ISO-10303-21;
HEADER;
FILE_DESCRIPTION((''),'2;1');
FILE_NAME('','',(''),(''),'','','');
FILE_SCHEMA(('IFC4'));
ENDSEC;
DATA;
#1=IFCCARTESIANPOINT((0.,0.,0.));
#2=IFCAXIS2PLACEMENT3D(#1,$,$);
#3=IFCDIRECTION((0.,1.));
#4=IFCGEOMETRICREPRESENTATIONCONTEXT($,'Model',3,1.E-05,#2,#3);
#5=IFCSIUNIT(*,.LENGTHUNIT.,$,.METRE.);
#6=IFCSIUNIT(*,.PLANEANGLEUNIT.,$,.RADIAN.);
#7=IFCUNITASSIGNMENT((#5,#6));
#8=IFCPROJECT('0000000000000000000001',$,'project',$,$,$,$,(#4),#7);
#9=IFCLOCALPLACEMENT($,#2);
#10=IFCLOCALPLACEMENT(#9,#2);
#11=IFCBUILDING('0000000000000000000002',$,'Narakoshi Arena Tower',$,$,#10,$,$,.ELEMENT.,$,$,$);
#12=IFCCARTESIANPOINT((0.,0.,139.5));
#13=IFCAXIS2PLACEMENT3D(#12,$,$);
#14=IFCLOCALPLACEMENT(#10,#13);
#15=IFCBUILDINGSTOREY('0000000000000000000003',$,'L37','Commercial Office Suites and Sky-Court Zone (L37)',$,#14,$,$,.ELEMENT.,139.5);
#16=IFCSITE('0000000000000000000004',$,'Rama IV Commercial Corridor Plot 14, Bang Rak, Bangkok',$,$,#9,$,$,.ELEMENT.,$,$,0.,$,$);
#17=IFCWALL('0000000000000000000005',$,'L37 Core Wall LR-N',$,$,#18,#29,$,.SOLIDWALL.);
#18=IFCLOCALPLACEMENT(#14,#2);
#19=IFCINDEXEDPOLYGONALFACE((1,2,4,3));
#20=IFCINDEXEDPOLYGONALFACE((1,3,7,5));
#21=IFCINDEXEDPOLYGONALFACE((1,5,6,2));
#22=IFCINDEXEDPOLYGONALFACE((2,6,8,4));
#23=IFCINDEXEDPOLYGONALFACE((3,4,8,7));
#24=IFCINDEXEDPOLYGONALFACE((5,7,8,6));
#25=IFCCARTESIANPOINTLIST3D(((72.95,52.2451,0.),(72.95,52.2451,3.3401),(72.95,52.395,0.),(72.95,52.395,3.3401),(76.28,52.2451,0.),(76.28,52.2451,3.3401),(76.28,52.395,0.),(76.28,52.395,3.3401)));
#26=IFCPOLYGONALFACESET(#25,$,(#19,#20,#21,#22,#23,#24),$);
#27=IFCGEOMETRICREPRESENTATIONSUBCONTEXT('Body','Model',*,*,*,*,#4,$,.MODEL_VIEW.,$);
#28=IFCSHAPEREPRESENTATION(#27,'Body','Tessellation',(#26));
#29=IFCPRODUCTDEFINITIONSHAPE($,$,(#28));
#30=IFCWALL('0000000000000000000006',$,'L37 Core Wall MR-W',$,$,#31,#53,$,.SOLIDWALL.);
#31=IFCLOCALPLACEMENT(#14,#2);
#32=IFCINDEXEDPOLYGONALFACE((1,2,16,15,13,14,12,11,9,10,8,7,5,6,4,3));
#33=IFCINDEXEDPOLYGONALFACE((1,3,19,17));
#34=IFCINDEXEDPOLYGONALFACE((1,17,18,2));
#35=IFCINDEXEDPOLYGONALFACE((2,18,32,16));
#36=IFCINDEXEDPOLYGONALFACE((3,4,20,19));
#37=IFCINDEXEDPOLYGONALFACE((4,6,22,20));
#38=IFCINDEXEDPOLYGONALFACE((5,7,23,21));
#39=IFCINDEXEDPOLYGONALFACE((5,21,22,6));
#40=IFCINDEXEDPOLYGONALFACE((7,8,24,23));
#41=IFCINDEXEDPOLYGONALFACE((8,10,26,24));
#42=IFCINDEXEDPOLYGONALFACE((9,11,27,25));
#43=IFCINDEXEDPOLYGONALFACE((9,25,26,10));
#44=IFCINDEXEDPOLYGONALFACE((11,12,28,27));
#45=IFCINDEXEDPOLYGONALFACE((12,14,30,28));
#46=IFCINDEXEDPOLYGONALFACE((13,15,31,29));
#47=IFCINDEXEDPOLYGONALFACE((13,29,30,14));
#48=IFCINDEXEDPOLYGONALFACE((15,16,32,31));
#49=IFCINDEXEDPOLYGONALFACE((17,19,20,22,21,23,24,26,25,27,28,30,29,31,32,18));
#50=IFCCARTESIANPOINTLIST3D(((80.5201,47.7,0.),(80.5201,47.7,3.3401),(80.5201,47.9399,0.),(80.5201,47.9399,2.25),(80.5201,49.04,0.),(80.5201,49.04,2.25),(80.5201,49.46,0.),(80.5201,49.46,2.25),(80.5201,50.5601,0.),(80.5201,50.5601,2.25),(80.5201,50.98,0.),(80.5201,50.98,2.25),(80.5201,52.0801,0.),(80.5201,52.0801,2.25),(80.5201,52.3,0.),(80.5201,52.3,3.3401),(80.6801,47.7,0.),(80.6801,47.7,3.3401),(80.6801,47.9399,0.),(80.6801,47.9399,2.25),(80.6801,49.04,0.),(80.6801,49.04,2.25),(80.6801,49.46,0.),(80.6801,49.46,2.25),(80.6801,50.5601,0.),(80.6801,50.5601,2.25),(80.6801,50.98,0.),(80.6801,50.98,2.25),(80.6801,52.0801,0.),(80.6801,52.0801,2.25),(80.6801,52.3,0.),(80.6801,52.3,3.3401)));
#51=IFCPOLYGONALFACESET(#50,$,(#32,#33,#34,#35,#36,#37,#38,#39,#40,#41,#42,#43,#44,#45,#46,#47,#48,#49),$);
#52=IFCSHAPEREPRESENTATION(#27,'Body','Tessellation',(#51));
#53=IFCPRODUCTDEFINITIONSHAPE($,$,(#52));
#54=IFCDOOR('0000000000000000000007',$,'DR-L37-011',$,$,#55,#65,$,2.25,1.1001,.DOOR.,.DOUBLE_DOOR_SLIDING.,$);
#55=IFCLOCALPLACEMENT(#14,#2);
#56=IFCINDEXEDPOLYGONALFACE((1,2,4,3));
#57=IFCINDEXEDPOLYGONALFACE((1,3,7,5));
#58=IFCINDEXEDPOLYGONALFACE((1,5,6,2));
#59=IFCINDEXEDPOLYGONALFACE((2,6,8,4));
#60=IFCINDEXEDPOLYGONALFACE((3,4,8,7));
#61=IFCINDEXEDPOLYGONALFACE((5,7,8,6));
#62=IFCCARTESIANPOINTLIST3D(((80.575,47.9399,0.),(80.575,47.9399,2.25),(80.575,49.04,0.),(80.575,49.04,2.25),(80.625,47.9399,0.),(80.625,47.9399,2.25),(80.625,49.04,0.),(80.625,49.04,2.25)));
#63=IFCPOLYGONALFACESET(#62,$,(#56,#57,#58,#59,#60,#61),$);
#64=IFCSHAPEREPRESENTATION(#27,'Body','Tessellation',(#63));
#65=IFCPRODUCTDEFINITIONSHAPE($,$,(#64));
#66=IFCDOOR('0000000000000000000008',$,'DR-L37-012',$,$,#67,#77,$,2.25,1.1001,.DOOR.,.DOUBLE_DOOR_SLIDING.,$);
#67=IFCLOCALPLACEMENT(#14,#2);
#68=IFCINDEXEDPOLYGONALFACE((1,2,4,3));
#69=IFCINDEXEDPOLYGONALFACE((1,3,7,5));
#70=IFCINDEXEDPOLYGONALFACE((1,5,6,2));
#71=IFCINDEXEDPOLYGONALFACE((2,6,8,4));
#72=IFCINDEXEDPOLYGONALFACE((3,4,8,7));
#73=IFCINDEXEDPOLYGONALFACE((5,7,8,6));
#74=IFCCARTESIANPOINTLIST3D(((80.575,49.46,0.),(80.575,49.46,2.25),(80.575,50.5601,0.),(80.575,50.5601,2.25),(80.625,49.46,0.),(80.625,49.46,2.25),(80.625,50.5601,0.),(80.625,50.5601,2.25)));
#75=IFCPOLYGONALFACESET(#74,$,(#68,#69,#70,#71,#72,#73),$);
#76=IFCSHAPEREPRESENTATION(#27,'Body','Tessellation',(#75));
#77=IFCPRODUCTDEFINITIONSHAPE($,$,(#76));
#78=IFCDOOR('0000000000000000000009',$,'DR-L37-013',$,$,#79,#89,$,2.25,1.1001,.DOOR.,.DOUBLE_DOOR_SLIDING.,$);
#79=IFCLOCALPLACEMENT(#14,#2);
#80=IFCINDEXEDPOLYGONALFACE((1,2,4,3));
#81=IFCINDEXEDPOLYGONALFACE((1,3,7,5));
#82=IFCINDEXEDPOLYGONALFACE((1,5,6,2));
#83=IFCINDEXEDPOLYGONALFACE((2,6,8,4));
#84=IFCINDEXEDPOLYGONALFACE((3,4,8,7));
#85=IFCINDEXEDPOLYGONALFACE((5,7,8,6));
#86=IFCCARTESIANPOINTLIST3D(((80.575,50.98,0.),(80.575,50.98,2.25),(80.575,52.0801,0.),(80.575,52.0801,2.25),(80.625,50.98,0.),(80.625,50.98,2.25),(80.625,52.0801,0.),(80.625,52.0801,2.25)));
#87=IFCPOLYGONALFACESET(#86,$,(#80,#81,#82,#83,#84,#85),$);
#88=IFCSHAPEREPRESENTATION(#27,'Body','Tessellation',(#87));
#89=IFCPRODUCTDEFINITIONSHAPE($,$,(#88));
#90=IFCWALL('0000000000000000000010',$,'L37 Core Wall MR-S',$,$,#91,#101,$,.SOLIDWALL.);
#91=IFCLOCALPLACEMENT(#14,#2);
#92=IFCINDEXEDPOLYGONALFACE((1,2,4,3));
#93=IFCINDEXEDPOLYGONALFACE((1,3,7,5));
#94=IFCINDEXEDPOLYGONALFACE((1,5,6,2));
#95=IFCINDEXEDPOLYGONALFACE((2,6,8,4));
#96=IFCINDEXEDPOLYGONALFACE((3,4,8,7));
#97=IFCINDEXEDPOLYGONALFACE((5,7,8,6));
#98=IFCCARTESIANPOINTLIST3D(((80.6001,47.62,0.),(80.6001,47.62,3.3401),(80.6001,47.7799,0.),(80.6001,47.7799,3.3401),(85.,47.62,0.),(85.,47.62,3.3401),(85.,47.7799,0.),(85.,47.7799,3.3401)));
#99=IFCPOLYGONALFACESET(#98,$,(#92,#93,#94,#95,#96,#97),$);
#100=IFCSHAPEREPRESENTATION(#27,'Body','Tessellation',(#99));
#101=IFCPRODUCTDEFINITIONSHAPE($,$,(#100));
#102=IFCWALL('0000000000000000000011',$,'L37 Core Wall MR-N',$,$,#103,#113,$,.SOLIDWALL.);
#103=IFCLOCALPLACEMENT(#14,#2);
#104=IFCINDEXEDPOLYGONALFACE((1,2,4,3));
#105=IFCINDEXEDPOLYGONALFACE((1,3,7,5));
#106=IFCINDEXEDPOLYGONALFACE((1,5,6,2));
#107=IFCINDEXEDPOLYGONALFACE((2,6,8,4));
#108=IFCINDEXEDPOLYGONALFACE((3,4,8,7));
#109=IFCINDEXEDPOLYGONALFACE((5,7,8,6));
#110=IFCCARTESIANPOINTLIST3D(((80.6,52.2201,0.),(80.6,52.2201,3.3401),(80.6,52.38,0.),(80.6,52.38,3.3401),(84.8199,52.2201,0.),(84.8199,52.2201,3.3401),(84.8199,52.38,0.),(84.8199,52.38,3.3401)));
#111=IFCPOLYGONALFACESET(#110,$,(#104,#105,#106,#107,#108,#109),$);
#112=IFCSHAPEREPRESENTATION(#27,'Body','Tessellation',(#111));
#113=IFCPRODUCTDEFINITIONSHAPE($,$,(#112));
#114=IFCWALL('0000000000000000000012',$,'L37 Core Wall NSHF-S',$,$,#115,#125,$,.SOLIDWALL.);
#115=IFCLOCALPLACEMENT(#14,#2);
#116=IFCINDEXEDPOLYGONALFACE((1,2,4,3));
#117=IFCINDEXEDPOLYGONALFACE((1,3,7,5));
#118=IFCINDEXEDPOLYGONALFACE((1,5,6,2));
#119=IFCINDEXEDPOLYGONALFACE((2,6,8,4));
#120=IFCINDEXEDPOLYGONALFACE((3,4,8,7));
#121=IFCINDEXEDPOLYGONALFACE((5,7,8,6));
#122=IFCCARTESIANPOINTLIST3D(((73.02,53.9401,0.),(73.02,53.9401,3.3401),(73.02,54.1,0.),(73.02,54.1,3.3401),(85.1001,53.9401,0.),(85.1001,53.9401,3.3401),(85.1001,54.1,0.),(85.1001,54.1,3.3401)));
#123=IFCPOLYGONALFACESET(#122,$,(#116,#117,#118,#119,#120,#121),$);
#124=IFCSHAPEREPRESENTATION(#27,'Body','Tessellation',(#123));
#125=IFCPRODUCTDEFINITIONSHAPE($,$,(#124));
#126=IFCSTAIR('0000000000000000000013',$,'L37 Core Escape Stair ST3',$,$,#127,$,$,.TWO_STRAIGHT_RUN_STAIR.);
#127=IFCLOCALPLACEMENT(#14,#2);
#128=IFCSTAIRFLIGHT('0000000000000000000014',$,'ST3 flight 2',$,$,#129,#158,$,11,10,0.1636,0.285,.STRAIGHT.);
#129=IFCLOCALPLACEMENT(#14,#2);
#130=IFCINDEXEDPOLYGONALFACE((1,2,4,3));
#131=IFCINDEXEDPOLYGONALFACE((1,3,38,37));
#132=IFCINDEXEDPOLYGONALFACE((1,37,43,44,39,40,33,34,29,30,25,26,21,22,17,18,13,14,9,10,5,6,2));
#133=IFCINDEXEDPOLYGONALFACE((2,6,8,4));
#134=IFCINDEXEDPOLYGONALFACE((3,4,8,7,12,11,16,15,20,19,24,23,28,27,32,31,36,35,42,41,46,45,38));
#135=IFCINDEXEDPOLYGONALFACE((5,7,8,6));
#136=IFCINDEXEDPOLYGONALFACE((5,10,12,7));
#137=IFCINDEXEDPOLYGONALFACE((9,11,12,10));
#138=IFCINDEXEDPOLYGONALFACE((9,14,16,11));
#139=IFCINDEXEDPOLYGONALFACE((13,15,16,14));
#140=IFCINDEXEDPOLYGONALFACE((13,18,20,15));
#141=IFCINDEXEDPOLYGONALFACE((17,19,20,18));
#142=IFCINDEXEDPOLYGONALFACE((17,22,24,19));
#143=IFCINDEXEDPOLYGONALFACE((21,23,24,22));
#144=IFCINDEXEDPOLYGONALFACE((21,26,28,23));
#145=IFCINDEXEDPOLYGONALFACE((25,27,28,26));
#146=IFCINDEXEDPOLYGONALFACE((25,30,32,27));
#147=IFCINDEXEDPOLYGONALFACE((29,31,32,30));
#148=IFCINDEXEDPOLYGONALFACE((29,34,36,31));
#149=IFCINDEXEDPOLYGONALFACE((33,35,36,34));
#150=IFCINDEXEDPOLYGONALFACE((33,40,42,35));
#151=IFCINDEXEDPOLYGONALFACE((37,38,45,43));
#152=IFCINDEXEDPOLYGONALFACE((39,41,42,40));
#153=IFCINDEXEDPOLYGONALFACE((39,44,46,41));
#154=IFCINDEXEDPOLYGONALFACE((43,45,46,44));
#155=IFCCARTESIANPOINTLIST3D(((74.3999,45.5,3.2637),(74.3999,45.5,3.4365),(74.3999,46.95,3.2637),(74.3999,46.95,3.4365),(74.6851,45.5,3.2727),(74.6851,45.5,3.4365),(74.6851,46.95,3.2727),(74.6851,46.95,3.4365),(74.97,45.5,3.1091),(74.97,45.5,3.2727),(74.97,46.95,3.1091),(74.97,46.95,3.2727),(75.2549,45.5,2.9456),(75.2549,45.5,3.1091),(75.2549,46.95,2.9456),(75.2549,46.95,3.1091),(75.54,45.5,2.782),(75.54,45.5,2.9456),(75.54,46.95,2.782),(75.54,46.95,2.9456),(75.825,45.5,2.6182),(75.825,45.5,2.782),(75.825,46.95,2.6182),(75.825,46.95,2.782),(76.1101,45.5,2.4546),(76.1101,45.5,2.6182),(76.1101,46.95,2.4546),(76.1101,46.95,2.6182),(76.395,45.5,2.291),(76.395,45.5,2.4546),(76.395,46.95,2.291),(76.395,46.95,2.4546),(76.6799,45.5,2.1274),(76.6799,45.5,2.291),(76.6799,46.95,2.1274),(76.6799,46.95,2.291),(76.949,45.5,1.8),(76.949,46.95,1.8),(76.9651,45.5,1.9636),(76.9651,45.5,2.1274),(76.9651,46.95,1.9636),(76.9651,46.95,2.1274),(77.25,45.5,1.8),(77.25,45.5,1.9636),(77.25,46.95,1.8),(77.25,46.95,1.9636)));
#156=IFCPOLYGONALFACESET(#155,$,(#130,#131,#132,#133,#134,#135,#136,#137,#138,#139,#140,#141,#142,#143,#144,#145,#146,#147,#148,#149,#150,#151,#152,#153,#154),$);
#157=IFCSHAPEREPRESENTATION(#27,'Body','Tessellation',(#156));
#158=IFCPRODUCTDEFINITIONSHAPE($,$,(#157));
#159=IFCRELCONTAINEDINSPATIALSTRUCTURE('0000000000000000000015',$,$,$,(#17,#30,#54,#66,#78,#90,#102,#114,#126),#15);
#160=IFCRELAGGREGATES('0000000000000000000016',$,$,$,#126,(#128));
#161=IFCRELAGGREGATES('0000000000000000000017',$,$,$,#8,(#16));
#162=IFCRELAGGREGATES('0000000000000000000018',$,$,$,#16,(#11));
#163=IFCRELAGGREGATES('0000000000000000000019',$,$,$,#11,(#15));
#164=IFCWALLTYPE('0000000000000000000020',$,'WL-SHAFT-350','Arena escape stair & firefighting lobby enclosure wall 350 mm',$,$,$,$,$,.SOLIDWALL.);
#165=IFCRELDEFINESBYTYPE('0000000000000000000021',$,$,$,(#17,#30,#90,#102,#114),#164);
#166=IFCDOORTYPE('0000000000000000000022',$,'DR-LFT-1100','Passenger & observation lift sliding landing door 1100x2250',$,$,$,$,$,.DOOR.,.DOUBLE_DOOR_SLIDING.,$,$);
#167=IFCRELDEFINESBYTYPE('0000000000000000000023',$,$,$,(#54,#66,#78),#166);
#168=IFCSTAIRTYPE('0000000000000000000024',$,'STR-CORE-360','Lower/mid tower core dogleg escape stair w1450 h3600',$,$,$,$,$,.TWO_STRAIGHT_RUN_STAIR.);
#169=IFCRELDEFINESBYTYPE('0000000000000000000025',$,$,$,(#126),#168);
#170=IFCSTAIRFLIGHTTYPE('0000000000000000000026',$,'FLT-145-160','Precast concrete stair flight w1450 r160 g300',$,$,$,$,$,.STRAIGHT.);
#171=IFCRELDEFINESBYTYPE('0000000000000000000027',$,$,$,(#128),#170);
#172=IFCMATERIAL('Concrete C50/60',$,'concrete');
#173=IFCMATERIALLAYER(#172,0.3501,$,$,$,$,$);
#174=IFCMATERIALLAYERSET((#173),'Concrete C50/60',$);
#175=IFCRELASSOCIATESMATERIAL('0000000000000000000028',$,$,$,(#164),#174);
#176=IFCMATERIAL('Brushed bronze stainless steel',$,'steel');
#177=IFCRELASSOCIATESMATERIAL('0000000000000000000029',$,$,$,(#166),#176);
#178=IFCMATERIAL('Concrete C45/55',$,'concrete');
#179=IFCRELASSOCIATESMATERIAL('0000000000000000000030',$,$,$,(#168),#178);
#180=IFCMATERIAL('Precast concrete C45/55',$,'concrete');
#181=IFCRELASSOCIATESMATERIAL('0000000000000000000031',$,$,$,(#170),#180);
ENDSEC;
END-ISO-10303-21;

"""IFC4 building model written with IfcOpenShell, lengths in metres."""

from ifc_helpers import new_model, si_unit, direction, frame, frame_2d, origin, place, context, subcontext, project, spatial, polyline, rectangle, outline, extrude, material, layer, layer_set, type_object, element, fill, aggregate, save


model = new_model("IFC4")

# Units and contexts
model_context = context("Model", 3, precision=1e-05, world=origin(), true_north=direction((0.0, 1.0)))
body_context = subcontext(model_context, "Body", "Model", "MODEL_VIEW")
ifc_project = project(units=[si_unit("LENGTHUNIT", "METRE"), si_unit("PLANEANGLEUNIT", "RADIAN")], contexts=[model_context])

# Site, building, storey
site_placement = place(None, origin())
site = spatial("IfcSite", under=ifc_project, at=site_placement, Name="Rama IV Commercial Corridor Plot 14, Bang Rak, Bangkok", CompositionType="ELEMENT", RefElevation=0.0)
building_placement = place(site_placement, origin())
building = spatial("IfcBuilding", under=site, at=building_placement, Name="Narakoshi Arena Tower", CompositionType="ELEMENT")
storey_placement = place(building_placement, frame((0.0, 0.0, 139.5)))
storey = spatial("IfcBuildingStorey", under=building, at=storey_placement, Name="L37", Description="Commercial Office Suites and Sky-Court Zone (L37)", CompositionType="ELEMENT", Elevation=139.5)

# Shared definitions
ifc_material_1 = material(Name="Concrete C50/60", Category="concrete")
ifc_layer_1 = layer(ifc_material_1, 0.3501)
ifc_layer_set_1 = layer_set([ifc_layer_1], Name="Concrete C50/60")
wall_type_1 = type_object("IfcWallType", Name="WL-SHAFT-350", Description="Arena escape stair & firefighting lobby enclosure wall 350 mm", PredefinedType="SOLIDWALL", material=ifc_layer_set_1)

# Wall
wall_1_placement = place(storey_placement, frame((72.95, 52.3201, 0.0), z_axis=(0.0, 0.0, 1.0), x_axis=(1.0, 0.0, 0.0)))
element("IfcWall", 1, at=wall_1_placement, inside=storey, type_object=wall_type_1, Name="L37 Core Wall LR-N", PredefinedType="SOLIDWALL", context=body_context, shape_type="SweptSolid", body=[
    extrude(rectangle(XDim=3.3301, YDim=0.1499, at=frame_2d((1.665, 0.0))), origin(), (0.0, 0.0, 1.0), 3.3401),
])

# Wall, openings, doors
wall_2_placement = place(storey_placement, frame((80.6001, 47.7, 0.0), z_axis=(0.0, 0.0, 1.0), x_axis=(0.0, 1.0, 0.0)))
wall_2 = element("IfcWall", 2, at=wall_2_placement, inside=storey, type_object=wall_type_1, Name="L37 Core Wall MR-W", PredefinedType="SOLIDWALL", context=body_context, shape_type="SweptSolid", body=[
    extrude(rectangle(XDim=4.6001, YDim=0.1599, at=frame_2d((2.3, 0.0))), origin(), (0.0, 0.0, 1.0), 3.3401),
])
opening_1_placement = place(wall_2_placement, frame((0.24, 0.0, 0.0)))
opening_1 = element("IfcOpeningElement", 3, at=opening_1_placement, cuts=wall_2, PredefinedType="OPENING", context=body_context, shape_type="SweptSolid", body=[
    extrude(rectangle(XDim=1.1001, YDim=2.25, at=frame_2d((0.55, 1.125))), frame((0.0, 0.0898, 0.0), z_axis=(0.0, -1.0, 0.0), x_axis=(1.0, 0.0, 0.0)), (0.0, 0.0, 1.0), 0.1799),
])
opening_2_placement = place(wall_2_placement, frame((1.76, 0.0, 0.0)))
opening_2 = element("IfcOpeningElement", 4, at=opening_2_placement, cuts=wall_2, PredefinedType="OPENING", context=body_context, shape_type="SweptSolid", body=[
    extrude(rectangle(XDim=1.1001, YDim=2.25, at=frame_2d((0.55, 1.125))), frame((0.0, 0.0898, 0.0), z_axis=(0.0, -1.0, 0.0), x_axis=(1.0, 0.0, 0.0)), (0.0, 0.0, 1.0), 0.1799),
])
opening_3_placement = place(wall_2_placement, frame((3.28, 0.0, 0.0)))
opening_3 = element("IfcOpeningElement", 5, at=opening_3_placement, cuts=wall_2, PredefinedType="OPENING", context=body_context, shape_type="SweptSolid", body=[
    extrude(rectangle(XDim=1.1001, YDim=2.25, at=frame_2d((0.55, 1.125))), frame((0.0, 0.0898, 0.0), z_axis=(0.0, -1.0, 0.0), x_axis=(1.0, 0.0, 0.0)), (0.0, 0.0, 1.0), 0.1799),
])
ifc_material_2 = material(Name="Brushed bronze stainless steel", Category="steel")
door_type_1 = type_object("IfcDoorType", Name="DR-LFT-1100", Description="Passenger & observation lift sliding landing door 1100x2250", OperationType="DOUBLE_DOOR_SLIDING", PredefinedType="DOOR", material=ifc_material_2)
door_1_placement = place(opening_1_placement, frame((1.1001, 0.0, 0.0), z_axis=(0.0, 0.0, 1.0), x_axis=(-1.0, 0.0, 0.0)))
door_1 = element("IfcDoor", 6, at=door_1_placement, inside=storey, type_object=door_type_1, Name="DR-L37-011", OperationType="DOUBLE_DOOR_SLIDING", OverallHeight=2.25, OverallWidth=1.1001, PredefinedType="DOOR", context=body_context, shape_type="SweptSolid", body=[
    extrude(rectangle(XDim=1.1001, YDim=2.25, at=frame_2d((0.55, 1.125))), frame((0.0, 0.0249, 0.0), z_axis=(0.0, -1.0, 0.0), x_axis=(1.0, 0.0, 0.0)), (0.0, 0.0, 1.0), 0.05),
])
fill(opening_1, door_1)
door_2_placement = place(opening_2_placement, frame((1.1001, 0.0, 0.0), z_axis=(0.0, 0.0, 1.0), x_axis=(-1.0, 0.0, 0.0)))
door_2 = element("IfcDoor", 7, at=door_2_placement, inside=storey, type_object=door_type_1, Name="DR-L37-012", OperationType="DOUBLE_DOOR_SLIDING", OverallHeight=2.25, OverallWidth=1.1001, PredefinedType="DOOR", context=body_context, shape_type="SweptSolid", body=[
    extrude(rectangle(XDim=1.1001, YDim=2.25, at=frame_2d((0.55, 1.125))), frame((0.0, 0.0249, 0.0), z_axis=(0.0, -1.0, 0.0), x_axis=(1.0, 0.0, 0.0)), (0.0, 0.0, 1.0), 0.05),
])
fill(opening_2, door_2)
door_3_placement = place(opening_3_placement, frame((1.1001, 0.0, 0.0), z_axis=(0.0, 0.0, 1.0), x_axis=(-1.0, 0.0, 0.0)))
door_3 = element("IfcDoor", 8, at=door_3_placement, inside=storey, type_object=door_type_1, Name="DR-L37-013", OperationType="DOUBLE_DOOR_SLIDING", OverallHeight=2.25, OverallWidth=1.1001, PredefinedType="DOOR", context=body_context, shape_type="SweptSolid", body=[
    extrude(rectangle(XDim=1.1001, YDim=2.25, at=frame_2d((0.55, 1.125))), frame((0.0, 0.0249, 0.0), z_axis=(0.0, -1.0, 0.0), x_axis=(1.0, 0.0, 0.0)), (0.0, 0.0, 1.0), 0.05),
])
fill(opening_3, door_3)

# Walls
wall_3_placement = place(storey_placement, frame((80.6001, 47.7, 0.0), z_axis=(0.0, 0.0, 1.0), x_axis=(1.0, 0.0, 0.0)))
element("IfcWall", 9, at=wall_3_placement, inside=storey, type_object=wall_type_1, Name="L37 Core Wall MR-S", PredefinedType="SOLIDWALL", context=body_context, shape_type="SweptSolid", body=[
    extrude(rectangle(XDim=4.3999, YDim=0.1599, at=frame_2d((2.2, 0.0))), origin(), (0.0, 0.0, 1.0), 3.3401),
])
wall_4_placement = place(storey_placement, frame((80.6001, 52.3, 0.0), z_axis=(0.0, 0.0, 1.0), x_axis=(1.0, 0.0, 0.0)))
element("IfcWall", 10, at=wall_4_placement, inside=storey, type_object=wall_type_1, Name="L37 Core Wall MR-N", PredefinedType="SOLIDWALL", context=body_context, shape_type="SweptSolid", body=[
    extrude(rectangle(XDim=4.22, YDim=0.1599, at=frame_2d((2.1099, 0.0))), origin(), (0.0, 0.0, 1.0), 3.3401),
])
wall_5_placement = place(storey_placement, frame((73.02, 54.02, 0.0), z_axis=(0.0, 0.0, 1.0), x_axis=(1.0, 0.0, 0.0)))
element("IfcWall", 11, at=wall_5_placement, inside=storey, type_object=wall_type_1, Name="L37 Core Wall NSHF-S", PredefinedType="SOLIDWALL", context=body_context, shape_type="SweptSolid", body=[
    extrude(rectangle(XDim=12.0801, YDim=0.1599, at=frame_2d((6.04, 0.0))), origin(), (0.0, 0.0, 1.0), 3.3401),
])

# Stair, stair flight
ifc_material_3 = material(Name="Concrete C45/55", Category="concrete")
stair_type = type_object("IfcStairType", Name="STR-CORE-360", Description="Lower/mid tower core dogleg escape stair w1450 h3600", PredefinedType="TWO_STRAIGHT_RUN_STAIR", material=ifc_material_3)
stair_placement = place(storey_placement, origin())
stair = element("IfcStair", 12, at=stair_placement, inside=storey, type_object=stair_type, Name="L37 Core Escape Stair ST3", PredefinedType="TWO_STRAIGHT_RUN_STAIR")
ifc_material_4 = material(Name="Precast concrete C45/55", Category="concrete")
stair_flight_type = type_object("IfcStairFlightType", Name="FLT-145-160", Description="Precast concrete stair flight w1450 r160 g300", PredefinedType="STRAIGHT", material=ifc_material_4)
stair_flight_placement = place(storey_placement, frame((77.25, 46.2251, 1.8), z_axis=(0.0, 0.0, 1.0), x_axis=(-1.0, 0.0, 0.0)))
stair_flight = element("IfcStairFlight", 13, at=stair_flight_placement, type_object=stair_flight_type, Name="ST3 flight 2", NumberOfRisers=11, NumberOfTreads=10, PredefinedType="STRAIGHT", RiserHeight=0.1636, TreadLength=0.285, context=body_context, shape_type="SweptSolid", body=[
    extrude(outline(polyline([(0.0, 0.0), (0.0, 0.1636), (0.2849, 0.1636), (0.2849, 0.3274), (0.5701, 0.3274), (0.5701, 0.491), (0.855, 0.491), (0.855, 0.6545), (1.1399, 0.6545), (1.1399, 0.8181), (1.425, 0.8181), (1.425, 0.9819), (1.71, 0.9819), (1.71, 1.1455), (1.9951, 1.1455), (1.9951, 1.3091), (2.28, 1.3091), (2.28, 1.4727), (2.5649, 1.4727), (2.5649, 1.6365), (2.8501, 1.6365), (2.8501, 1.8), (2.8501, 1.4636), (0.301, 0.0), (0.0, 0.0)])), frame((0.0, 0.7251, 0.0), z_axis=(0.0, -1.0, 0.0), x_axis=(1.0, 0.0, 0.0)), (0.0, 0.0, 1.0), 1.45),
])
aggregate(stair, [stair_flight])

save(model, "model.ifc")
